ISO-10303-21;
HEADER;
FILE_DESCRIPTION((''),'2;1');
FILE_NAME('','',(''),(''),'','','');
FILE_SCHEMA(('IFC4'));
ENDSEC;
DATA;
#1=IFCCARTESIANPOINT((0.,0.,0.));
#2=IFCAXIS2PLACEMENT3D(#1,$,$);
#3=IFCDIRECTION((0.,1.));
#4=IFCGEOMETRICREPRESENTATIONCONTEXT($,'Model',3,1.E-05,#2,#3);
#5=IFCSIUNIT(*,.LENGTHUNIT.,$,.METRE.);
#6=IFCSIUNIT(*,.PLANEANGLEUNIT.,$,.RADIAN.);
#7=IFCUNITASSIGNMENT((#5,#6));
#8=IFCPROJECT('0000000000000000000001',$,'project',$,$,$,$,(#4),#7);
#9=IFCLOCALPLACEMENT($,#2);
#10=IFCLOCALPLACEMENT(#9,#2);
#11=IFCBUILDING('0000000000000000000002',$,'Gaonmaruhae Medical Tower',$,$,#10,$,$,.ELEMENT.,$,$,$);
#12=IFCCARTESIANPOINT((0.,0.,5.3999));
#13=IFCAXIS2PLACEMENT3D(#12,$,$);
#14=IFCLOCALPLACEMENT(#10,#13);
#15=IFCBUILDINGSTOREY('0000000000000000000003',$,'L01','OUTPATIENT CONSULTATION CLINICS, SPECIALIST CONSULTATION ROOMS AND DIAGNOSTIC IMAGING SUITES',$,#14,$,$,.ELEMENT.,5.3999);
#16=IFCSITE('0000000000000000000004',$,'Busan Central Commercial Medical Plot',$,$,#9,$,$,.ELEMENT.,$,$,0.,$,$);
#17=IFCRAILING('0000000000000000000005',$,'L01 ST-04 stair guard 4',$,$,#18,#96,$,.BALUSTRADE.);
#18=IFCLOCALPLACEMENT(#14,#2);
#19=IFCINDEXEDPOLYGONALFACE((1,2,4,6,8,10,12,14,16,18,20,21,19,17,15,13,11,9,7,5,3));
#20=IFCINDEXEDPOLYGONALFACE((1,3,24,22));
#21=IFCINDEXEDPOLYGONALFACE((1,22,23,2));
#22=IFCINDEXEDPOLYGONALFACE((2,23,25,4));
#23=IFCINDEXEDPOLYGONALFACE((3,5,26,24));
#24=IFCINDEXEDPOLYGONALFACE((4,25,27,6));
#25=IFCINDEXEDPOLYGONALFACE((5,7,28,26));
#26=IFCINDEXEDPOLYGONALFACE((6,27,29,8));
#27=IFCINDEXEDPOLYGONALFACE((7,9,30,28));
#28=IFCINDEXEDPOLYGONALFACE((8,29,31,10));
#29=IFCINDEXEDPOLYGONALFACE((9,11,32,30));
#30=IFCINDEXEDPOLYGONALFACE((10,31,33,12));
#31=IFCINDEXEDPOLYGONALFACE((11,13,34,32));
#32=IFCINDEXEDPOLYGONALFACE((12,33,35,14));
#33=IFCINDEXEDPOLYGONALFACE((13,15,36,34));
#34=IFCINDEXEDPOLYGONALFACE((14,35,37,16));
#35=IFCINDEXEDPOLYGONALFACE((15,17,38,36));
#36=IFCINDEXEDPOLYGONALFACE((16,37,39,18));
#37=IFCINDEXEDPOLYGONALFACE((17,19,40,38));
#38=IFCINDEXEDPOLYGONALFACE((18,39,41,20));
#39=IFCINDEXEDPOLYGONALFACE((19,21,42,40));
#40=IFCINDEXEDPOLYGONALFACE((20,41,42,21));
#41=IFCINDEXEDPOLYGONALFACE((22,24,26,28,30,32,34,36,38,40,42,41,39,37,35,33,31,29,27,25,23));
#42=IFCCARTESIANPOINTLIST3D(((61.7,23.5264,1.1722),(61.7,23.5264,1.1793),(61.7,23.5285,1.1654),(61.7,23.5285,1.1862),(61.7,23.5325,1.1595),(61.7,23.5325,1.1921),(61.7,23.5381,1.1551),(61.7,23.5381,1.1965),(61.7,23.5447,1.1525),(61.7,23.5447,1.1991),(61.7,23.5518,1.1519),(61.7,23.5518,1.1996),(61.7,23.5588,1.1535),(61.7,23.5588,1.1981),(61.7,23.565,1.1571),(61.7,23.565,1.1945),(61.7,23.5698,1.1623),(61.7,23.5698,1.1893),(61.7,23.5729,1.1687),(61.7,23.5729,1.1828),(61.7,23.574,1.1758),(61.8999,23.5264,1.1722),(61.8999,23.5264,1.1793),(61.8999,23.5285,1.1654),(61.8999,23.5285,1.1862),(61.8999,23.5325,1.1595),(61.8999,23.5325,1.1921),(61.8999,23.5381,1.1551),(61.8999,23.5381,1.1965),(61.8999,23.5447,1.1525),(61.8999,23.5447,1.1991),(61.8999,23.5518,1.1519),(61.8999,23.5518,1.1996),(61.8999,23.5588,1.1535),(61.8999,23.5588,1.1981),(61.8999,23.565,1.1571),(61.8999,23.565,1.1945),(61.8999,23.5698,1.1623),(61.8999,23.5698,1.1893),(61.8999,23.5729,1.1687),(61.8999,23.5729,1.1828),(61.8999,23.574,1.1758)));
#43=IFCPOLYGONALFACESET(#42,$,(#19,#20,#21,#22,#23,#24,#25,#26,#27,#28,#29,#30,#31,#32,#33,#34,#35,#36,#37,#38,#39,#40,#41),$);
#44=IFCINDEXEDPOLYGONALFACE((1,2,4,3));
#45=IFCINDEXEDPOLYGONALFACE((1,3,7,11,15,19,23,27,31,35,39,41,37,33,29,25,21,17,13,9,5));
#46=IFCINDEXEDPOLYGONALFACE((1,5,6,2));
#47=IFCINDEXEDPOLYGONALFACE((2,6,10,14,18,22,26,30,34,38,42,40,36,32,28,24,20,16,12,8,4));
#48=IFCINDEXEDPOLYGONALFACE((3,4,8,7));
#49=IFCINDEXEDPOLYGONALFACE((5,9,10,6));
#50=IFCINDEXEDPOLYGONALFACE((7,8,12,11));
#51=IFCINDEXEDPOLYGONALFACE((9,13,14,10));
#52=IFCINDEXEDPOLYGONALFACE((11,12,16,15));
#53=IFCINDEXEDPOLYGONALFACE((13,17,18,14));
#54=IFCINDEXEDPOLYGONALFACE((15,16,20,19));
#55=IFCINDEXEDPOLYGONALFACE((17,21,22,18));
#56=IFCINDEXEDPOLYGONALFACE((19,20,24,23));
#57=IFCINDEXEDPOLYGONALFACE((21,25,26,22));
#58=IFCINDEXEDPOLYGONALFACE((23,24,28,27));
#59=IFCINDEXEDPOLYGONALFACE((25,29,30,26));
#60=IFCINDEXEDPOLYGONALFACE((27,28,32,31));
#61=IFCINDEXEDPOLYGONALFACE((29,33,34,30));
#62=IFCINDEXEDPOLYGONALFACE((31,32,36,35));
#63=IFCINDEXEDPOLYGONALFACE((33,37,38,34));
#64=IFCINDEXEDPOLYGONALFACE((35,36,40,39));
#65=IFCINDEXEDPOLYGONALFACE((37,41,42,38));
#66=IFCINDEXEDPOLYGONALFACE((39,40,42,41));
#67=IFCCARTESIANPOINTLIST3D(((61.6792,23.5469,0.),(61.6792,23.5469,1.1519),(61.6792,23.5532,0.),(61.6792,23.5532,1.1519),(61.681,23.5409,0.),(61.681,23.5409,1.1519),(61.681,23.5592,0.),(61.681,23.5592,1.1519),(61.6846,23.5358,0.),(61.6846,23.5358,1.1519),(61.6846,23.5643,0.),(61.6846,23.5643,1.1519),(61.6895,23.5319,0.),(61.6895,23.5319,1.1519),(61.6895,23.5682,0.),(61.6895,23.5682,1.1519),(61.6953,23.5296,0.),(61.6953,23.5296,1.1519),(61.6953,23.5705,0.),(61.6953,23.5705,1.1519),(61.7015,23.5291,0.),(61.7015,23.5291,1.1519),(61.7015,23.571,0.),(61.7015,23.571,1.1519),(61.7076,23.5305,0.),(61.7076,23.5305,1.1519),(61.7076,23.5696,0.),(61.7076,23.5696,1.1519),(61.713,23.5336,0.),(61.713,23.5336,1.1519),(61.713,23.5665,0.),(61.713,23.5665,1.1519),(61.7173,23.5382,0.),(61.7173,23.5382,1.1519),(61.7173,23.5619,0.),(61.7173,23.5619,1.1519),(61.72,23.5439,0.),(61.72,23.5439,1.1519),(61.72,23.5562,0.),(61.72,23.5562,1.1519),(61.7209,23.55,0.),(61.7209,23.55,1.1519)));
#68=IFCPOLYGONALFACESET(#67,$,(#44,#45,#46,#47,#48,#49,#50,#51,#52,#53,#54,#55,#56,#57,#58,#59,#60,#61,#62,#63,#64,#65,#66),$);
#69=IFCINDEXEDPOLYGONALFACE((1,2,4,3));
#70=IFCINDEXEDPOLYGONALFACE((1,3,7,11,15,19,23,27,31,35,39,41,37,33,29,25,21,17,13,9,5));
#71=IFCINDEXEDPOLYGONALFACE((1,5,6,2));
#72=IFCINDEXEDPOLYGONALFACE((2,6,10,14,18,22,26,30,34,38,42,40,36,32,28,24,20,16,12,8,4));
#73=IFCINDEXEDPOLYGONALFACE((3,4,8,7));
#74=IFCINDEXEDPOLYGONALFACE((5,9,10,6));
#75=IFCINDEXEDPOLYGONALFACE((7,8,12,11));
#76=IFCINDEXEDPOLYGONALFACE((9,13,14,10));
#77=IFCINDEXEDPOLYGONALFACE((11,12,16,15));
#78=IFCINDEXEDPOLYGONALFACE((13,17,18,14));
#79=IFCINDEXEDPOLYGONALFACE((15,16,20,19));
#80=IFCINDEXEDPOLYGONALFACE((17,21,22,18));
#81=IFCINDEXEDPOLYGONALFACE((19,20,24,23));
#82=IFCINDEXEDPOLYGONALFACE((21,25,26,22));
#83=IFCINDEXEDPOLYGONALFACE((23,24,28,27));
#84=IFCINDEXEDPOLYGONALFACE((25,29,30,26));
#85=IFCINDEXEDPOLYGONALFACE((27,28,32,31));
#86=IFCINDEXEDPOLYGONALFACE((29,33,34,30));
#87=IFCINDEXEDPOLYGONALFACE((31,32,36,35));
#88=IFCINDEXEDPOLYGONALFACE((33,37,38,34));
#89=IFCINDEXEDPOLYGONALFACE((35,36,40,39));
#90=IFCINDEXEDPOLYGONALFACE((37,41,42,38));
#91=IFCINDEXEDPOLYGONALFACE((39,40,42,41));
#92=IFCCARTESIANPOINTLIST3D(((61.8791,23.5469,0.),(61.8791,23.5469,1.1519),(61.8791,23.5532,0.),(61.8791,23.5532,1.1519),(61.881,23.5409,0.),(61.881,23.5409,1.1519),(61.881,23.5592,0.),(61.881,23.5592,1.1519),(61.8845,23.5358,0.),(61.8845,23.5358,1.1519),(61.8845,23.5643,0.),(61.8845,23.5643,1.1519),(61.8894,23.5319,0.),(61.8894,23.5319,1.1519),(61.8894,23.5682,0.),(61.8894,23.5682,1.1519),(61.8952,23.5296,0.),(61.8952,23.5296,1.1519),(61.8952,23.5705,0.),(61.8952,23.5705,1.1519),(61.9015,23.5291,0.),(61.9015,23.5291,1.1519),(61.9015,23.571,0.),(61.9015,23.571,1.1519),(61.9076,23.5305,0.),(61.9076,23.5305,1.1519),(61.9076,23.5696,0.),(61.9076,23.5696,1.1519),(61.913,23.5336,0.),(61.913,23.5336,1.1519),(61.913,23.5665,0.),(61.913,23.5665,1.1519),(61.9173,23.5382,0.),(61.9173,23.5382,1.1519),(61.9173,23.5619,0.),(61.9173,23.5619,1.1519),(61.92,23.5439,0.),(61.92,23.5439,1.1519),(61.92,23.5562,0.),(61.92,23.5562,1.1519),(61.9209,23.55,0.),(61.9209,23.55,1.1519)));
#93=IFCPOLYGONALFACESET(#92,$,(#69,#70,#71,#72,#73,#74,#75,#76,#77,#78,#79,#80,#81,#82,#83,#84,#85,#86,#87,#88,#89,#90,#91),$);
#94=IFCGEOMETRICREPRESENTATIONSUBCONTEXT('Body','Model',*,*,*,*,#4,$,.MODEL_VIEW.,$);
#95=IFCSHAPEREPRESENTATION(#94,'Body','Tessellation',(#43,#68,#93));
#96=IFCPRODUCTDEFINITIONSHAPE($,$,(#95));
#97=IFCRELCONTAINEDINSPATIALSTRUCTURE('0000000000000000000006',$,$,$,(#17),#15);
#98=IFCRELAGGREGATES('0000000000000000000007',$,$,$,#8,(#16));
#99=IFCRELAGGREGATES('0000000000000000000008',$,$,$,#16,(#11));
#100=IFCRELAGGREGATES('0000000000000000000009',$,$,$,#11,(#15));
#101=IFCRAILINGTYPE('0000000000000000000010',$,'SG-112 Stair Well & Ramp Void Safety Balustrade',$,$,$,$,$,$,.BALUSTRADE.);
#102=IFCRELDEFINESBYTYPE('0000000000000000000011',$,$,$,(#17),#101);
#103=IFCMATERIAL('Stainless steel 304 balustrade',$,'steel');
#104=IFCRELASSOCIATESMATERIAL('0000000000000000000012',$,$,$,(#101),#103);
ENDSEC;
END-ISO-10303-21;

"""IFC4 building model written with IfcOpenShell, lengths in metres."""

from ifc_helpers import new_model, si_unit, direction, frame, origin, origin_2d, place, context, subcontext, project, spatial, circle, extrude, material, type_object, element, save


model = new_model("IFC4")

# Units and contexts
model_context = context("Model", 3, precision=1e-05, world=origin(), true_north=direction((0.0, 1.0)))
body_context = subcontext(model_context, "Body", "Model", "MODEL_VIEW")
ifc_project = project(units=[si_unit("LENGTHUNIT", "METRE"), si_unit("PLANEANGLEUNIT", "RADIAN")], contexts=[model_context])

# Site, building, storey
site_placement = place(None, origin())
site = spatial("IfcSite", under=ifc_project, at=site_placement, Name="Busan Central Commercial Medical Plot", CompositionType="ELEMENT", RefElevation=0.0)
building_placement = place(site_placement, origin())
building = spatial("IfcBuilding", under=site, at=building_placement, Name="Gaonmaruhae Medical Tower", CompositionType="ELEMENT")
storey_placement = place(building_placement, frame((0.0, 0.0, 5.3999)))
storey = spatial("IfcBuildingStorey", under=building, at=storey_placement, Name="L01", Description="OUTPATIENT CONSULTATION CLINICS, SPECIALIST CONSULTATION ROOMS AND DIAGNOSTIC IMAGING SUITES", CompositionType="ELEMENT", Elevation=5.3999)

# Railing
ifc_material_1 = material(Name="Stainless steel 304 balustrade", Category="steel")
railing_type_1 = type_object("IfcRailingType", Name="SG-112 Stair Well & Ramp Void Safety Balustrade", PredefinedType="BALUSTRADE", material=ifc_material_1)
railing_1_placement = place(storey_placement, frame((61.7, 23.55, 0.0)))
element("IfcRailing", 1, at=railing_1_placement, inside=storey, type_object=railing_type_1, Name="L01 ST-04 stair guard 4", PredefinedType="BALUSTRADE", context=body_context, shape_type="SweptSolid", body=[
    extrude(circle(Radius=0.0239, at=origin_2d()), frame((0.0, 0.0, 1.1758), z_axis=(1.0, 0.0, 0.0), x_axis=(0.0, 1.0, 0.0)), (0.0, 0.0, 1.0), 0.2),
    extrude(circle(Radius=0.021, at=origin_2d()), origin(), (0.0, 0.0, 1.0), 1.1519),
    extrude(circle(Radius=0.021, at=origin_2d()), frame((0.2, 0.0, 0.0)), (0.0, 0.0, 1.0), 1.1519),
])

save(model, "model.ifc")
